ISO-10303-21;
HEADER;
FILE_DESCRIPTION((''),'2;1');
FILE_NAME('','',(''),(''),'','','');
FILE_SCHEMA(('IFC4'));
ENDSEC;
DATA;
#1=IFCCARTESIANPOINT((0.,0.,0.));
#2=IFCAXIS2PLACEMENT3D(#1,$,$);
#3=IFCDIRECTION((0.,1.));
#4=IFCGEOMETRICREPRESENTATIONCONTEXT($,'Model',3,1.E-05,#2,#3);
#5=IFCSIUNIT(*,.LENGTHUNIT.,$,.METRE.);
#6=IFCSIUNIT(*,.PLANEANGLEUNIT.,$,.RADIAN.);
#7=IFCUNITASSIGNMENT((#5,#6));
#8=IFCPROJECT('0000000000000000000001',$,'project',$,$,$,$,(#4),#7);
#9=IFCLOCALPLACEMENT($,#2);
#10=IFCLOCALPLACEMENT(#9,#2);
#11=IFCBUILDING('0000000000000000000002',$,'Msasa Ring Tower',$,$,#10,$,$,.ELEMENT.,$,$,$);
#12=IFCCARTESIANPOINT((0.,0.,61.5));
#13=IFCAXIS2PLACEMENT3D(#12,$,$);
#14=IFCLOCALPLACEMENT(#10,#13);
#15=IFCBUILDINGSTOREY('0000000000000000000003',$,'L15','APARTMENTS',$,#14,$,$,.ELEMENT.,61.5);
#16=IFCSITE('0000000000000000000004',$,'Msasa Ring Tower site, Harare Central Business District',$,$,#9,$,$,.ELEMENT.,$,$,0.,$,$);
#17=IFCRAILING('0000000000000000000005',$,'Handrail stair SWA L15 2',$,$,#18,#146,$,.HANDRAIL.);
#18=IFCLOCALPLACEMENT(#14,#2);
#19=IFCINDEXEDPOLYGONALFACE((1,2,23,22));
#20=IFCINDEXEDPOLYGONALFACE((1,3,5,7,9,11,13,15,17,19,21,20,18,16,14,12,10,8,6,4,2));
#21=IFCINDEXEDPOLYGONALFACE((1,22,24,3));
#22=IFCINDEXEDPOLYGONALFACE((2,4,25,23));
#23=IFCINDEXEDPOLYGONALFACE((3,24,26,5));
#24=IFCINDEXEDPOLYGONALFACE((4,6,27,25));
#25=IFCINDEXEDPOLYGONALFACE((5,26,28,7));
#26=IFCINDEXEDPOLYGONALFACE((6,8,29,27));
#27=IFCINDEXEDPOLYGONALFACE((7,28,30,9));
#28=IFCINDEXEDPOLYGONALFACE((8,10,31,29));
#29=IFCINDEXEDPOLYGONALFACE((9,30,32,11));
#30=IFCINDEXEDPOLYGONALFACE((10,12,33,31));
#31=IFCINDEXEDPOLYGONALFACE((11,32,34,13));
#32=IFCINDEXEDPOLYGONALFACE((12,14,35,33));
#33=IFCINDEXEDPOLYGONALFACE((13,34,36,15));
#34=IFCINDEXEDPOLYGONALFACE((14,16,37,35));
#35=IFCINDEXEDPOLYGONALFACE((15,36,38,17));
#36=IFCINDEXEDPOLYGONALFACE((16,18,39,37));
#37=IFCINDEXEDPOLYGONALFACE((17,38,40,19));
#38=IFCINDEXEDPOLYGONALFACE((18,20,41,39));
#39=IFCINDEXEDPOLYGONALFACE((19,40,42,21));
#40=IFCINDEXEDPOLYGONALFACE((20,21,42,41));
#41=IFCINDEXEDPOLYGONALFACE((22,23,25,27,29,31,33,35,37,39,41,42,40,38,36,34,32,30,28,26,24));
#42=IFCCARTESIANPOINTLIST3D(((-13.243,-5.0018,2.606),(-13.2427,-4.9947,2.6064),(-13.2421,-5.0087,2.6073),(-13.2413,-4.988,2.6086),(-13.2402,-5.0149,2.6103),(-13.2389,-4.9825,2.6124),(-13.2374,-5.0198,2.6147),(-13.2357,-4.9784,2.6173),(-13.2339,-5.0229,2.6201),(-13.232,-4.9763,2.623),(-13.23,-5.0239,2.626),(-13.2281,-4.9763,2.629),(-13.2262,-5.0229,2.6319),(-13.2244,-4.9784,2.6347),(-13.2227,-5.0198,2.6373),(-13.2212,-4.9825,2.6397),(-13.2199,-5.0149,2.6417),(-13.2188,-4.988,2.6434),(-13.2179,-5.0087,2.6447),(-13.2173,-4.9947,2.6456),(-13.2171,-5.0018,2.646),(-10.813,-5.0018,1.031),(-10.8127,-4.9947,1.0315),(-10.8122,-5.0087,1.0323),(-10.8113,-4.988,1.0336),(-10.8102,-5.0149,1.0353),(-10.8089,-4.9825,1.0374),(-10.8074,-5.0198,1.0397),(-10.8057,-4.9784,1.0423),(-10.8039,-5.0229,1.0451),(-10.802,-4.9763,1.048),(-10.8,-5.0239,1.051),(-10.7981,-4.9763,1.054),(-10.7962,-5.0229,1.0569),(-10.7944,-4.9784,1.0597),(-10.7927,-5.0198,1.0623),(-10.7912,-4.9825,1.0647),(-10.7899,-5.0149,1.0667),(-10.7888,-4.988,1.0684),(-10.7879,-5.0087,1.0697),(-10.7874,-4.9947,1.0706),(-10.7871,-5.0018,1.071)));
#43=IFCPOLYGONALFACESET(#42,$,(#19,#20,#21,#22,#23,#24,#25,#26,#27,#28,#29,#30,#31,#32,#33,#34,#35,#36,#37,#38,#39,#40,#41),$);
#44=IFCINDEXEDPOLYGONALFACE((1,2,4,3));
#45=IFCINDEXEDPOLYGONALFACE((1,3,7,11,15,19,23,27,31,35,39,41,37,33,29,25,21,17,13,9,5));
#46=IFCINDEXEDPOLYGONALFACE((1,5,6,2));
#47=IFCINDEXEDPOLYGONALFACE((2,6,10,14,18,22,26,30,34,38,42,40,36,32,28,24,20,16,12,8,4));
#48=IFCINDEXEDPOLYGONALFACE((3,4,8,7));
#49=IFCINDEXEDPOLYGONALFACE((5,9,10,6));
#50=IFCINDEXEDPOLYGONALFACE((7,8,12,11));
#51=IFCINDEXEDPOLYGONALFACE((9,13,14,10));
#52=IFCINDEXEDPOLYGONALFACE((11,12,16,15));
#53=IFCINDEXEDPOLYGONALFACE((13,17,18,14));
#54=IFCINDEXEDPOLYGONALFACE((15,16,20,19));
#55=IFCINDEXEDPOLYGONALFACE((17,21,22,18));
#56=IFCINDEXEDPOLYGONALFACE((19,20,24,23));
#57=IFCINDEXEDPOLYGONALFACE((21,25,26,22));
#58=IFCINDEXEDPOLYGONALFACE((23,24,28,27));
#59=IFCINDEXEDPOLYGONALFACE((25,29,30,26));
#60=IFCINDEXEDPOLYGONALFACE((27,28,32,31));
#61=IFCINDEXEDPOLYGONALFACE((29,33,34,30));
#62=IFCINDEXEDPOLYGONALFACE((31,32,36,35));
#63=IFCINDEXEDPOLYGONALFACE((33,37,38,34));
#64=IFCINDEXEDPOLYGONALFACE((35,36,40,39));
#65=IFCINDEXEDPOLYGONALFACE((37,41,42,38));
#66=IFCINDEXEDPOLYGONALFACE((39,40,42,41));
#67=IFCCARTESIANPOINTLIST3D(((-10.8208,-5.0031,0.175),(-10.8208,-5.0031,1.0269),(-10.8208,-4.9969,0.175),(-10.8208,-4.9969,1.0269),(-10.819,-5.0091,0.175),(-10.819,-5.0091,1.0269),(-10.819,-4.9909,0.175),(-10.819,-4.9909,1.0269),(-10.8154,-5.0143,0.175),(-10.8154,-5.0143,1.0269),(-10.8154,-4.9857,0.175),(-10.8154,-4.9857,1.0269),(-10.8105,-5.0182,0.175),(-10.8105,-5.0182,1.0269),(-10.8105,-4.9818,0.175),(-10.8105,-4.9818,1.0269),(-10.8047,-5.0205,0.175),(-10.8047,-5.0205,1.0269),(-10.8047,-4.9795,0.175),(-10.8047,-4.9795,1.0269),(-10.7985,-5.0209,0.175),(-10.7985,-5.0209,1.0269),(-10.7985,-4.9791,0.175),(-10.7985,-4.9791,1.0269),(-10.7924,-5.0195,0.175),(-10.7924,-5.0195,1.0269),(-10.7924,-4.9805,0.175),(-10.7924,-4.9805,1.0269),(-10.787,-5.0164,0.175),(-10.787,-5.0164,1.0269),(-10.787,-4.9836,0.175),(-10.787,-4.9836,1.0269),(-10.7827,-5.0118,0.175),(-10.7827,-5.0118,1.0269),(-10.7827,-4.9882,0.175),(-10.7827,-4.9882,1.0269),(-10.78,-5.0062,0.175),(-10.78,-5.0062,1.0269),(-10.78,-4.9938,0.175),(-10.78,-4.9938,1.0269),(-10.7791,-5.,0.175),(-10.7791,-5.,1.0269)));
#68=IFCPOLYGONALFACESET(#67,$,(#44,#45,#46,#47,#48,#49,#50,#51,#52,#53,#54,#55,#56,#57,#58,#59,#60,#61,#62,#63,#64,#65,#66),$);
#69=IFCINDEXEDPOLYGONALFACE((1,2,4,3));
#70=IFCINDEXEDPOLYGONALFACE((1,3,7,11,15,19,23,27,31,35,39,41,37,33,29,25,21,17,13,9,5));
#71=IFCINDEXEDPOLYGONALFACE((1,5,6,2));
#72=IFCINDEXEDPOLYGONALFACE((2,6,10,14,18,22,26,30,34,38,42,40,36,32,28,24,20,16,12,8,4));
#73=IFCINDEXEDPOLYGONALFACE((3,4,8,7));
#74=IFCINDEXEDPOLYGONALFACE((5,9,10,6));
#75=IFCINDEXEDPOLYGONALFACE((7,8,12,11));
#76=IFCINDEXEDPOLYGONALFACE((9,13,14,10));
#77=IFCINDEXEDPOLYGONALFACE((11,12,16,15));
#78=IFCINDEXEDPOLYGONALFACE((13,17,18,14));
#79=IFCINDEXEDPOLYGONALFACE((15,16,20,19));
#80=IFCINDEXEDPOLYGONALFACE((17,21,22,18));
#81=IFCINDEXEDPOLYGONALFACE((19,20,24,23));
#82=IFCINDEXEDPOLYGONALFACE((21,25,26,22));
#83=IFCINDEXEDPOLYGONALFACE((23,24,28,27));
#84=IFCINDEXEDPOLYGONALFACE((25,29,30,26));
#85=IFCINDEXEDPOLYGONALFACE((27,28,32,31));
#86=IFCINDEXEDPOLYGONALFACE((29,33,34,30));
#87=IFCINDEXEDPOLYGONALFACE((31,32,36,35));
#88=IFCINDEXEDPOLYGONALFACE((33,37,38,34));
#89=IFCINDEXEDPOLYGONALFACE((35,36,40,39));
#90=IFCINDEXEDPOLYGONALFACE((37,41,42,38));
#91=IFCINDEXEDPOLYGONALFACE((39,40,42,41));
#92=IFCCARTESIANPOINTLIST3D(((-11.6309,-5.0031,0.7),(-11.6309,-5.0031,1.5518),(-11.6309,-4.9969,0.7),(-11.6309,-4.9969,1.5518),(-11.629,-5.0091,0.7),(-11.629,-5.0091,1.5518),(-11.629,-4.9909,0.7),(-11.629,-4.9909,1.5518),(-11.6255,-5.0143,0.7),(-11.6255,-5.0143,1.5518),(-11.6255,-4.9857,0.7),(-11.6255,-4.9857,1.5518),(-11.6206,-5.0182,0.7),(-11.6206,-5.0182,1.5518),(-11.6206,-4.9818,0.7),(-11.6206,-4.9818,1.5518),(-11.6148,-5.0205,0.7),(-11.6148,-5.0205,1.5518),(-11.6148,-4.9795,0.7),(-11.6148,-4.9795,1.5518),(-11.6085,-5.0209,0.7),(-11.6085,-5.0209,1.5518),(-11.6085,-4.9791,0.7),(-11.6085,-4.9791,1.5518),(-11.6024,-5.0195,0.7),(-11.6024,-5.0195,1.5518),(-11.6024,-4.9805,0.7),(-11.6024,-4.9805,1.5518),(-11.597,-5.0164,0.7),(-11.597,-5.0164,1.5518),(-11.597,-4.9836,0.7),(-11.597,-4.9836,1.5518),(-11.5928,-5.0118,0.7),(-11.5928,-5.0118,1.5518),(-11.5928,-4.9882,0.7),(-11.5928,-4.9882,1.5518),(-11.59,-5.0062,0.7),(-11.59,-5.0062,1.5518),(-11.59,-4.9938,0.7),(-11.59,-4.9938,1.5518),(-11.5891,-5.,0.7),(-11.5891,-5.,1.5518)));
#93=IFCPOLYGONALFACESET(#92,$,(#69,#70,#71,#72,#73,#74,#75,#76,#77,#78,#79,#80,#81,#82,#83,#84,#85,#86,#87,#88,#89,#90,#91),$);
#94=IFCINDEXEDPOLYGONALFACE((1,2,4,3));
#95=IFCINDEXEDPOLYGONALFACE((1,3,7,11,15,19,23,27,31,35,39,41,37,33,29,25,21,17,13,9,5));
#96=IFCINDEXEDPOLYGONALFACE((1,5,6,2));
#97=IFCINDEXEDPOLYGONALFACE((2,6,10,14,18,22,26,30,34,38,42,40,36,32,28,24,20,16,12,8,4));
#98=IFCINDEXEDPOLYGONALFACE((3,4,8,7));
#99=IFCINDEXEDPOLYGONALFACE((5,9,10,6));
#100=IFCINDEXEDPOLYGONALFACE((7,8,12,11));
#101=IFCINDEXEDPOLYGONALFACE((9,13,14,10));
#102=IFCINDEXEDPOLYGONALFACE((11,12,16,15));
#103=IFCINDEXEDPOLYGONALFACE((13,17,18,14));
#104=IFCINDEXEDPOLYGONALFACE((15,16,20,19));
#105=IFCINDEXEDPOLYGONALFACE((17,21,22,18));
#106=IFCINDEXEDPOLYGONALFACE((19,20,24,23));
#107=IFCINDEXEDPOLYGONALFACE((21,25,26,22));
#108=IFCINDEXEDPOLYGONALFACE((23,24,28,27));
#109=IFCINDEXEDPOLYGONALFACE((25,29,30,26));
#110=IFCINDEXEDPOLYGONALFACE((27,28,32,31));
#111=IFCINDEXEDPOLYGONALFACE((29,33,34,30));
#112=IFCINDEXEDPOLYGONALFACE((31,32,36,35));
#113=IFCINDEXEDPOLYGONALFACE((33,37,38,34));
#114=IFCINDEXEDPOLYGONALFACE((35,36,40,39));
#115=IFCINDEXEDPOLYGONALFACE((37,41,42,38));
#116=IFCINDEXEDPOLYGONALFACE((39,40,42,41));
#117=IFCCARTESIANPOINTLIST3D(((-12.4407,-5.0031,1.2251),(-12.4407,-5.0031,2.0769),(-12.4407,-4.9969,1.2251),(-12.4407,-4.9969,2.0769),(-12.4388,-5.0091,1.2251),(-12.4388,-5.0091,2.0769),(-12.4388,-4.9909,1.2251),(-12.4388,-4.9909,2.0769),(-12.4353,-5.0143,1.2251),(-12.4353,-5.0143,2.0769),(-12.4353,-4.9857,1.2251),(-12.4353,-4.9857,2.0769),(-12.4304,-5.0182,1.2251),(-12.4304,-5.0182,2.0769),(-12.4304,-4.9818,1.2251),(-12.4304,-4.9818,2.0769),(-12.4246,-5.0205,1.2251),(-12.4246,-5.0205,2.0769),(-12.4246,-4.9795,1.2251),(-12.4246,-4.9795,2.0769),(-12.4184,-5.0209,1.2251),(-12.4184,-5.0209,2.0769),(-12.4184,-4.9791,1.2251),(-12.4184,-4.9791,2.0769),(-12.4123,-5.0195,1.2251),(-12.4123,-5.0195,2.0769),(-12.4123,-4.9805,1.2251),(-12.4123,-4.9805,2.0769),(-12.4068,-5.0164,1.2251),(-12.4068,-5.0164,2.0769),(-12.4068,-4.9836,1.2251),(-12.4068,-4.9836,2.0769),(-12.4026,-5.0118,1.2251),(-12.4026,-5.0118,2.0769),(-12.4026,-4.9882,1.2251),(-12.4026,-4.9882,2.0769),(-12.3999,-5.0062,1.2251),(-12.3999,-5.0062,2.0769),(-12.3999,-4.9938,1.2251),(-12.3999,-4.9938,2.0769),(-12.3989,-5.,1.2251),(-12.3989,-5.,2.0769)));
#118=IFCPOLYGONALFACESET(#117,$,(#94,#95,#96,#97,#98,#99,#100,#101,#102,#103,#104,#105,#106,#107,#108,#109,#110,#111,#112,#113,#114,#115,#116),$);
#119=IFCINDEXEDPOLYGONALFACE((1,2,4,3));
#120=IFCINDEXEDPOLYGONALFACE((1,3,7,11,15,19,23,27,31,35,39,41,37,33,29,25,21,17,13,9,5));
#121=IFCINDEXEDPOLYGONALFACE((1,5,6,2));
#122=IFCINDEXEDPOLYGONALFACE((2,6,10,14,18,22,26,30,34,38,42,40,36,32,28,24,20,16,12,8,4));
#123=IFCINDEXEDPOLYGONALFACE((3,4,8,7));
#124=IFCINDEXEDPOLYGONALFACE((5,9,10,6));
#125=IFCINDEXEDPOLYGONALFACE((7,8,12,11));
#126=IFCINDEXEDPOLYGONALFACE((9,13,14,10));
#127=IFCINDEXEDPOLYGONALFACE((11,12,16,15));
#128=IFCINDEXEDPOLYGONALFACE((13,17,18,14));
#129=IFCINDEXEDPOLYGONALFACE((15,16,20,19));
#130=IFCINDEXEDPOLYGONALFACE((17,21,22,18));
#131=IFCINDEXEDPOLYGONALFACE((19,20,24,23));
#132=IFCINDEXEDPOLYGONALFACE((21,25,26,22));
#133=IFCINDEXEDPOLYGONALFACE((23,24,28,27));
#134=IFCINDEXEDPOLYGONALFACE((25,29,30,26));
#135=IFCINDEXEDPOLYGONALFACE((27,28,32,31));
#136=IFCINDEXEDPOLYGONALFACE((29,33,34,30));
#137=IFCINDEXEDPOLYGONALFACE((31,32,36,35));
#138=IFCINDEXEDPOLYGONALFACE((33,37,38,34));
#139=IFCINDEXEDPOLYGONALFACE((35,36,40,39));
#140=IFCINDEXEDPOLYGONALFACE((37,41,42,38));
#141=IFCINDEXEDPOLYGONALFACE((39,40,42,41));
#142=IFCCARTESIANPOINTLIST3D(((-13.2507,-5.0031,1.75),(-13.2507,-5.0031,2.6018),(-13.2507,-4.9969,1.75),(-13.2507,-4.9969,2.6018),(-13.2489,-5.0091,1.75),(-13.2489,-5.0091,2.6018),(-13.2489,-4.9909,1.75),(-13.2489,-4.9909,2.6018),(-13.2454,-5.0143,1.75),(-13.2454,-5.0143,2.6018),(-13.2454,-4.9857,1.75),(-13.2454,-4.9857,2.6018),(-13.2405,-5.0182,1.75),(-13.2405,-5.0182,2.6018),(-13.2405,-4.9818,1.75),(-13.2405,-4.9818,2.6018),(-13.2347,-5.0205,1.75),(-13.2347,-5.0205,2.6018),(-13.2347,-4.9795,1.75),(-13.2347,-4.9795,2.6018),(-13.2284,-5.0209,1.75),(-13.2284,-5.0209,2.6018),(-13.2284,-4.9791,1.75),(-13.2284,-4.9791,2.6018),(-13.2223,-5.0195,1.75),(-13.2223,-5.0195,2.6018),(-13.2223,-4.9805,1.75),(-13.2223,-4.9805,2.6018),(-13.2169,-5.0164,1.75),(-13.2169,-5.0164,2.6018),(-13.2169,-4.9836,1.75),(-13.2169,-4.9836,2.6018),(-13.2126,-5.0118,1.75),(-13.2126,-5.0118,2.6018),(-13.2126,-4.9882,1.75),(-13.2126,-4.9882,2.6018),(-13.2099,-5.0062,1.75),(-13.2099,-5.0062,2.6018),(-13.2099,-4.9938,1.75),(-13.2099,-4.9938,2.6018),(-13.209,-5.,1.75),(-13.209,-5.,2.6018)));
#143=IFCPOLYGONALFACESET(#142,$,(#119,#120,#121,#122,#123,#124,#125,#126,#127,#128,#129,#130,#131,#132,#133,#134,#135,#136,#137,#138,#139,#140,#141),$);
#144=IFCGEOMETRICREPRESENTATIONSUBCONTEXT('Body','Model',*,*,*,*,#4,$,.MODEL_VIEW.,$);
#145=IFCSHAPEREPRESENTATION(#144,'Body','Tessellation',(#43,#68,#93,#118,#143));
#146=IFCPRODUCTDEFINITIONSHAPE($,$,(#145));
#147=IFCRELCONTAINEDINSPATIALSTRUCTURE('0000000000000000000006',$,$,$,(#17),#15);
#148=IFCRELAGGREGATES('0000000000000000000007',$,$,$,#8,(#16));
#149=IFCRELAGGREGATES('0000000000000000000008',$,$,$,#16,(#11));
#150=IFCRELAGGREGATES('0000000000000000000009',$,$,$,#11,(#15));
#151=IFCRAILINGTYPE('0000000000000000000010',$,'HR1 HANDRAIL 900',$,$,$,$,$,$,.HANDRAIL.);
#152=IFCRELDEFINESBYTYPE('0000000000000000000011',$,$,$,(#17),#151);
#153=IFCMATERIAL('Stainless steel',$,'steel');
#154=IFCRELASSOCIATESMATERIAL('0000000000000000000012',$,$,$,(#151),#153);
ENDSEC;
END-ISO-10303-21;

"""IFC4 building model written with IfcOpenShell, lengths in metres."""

from ifc_helpers import new_model, si_unit, direction, frame, origin, origin_2d, place, context, subcontext, project, spatial, circle, extrude, material, type_object, element, save


model = new_model("IFC4")

# Units and contexts
model_context = context("Model", 3, precision=1e-05, world=origin(), true_north=direction((0.0, 1.0)))
body_context = subcontext(model_context, "Body", "Model", "MODEL_VIEW")
ifc_project = project(units=[si_unit("LENGTHUNIT", "METRE"), si_unit("PLANEANGLEUNIT", "RADIAN")], contexts=[model_context])

# Site, building, storey
site_placement = place(None, origin())
site = spatial("IfcSite", under=ifc_project, at=site_placement, Name="Msasa Ring Tower site, Harare Central Business District", CompositionType="ELEMENT", RefElevation=0.0)
building_placement = place(site_placement, origin())
building = spatial("IfcBuilding", under=site, at=building_placement, Name="Msasa Ring Tower", CompositionType="ELEMENT")
storey_placement = place(building_placement, frame((0.0, 0.0, 61.5)))
storey = spatial("IfcBuildingStorey", under=building, at=storey_placement, Name="L15", Description="APARTMENTS", CompositionType="ELEMENT", Elevation=61.5)

# Railing
ifc_material_1 = material(Name="Stainless steel", Category="steel")
railing_type = type_object("IfcRailingType", Name="HR1 HANDRAIL 900", PredefinedType="HANDRAIL", material=ifc_material_1)
for number, where, name in (
    (1, (-10.8, -5.0, 0.175), "Handrail stair SWA L15 2"),
):
    element("IfcRailing", number, at=place(storey_placement, frame(where)), inside=storey, type_object=railing_type, Name=name, PredefinedType="HANDRAIL", context=body_context, shape_type="SweptSolid", body=[
        extrude(circle(Radius=0.0239, at=origin_2d()), frame((0.0, 0.0, 0.876), z_axis=(-0.839154, 0.0, 0.543894), x_axis=(0.0, -1.0, 0.0)), (0.0, 0.0, 1.0), 2.8958),
        extrude(circle(Radius=0.021, at=origin_2d()), origin(), (0.0, 0.0, 1.0), 0.8518),
        extrude(circle(Radius=0.021, at=origin_2d()), frame((-0.8101, 0.0, 0.5249)), (0.0, 0.0, 1.0), 0.8518),
        extrude(circle(Radius=0.021, at=origin_2d()), frame((-1.6199, 0.0, 1.05)), (0.0, 0.0, 1.0), 0.8518),
        extrude(circle(Radius=0.021, at=origin_2d()), frame((-2.4299, 0.0, 1.575)), (0.0, 0.0, 1.0), 0.8518),
    ])

save(model, "model.ifc")
